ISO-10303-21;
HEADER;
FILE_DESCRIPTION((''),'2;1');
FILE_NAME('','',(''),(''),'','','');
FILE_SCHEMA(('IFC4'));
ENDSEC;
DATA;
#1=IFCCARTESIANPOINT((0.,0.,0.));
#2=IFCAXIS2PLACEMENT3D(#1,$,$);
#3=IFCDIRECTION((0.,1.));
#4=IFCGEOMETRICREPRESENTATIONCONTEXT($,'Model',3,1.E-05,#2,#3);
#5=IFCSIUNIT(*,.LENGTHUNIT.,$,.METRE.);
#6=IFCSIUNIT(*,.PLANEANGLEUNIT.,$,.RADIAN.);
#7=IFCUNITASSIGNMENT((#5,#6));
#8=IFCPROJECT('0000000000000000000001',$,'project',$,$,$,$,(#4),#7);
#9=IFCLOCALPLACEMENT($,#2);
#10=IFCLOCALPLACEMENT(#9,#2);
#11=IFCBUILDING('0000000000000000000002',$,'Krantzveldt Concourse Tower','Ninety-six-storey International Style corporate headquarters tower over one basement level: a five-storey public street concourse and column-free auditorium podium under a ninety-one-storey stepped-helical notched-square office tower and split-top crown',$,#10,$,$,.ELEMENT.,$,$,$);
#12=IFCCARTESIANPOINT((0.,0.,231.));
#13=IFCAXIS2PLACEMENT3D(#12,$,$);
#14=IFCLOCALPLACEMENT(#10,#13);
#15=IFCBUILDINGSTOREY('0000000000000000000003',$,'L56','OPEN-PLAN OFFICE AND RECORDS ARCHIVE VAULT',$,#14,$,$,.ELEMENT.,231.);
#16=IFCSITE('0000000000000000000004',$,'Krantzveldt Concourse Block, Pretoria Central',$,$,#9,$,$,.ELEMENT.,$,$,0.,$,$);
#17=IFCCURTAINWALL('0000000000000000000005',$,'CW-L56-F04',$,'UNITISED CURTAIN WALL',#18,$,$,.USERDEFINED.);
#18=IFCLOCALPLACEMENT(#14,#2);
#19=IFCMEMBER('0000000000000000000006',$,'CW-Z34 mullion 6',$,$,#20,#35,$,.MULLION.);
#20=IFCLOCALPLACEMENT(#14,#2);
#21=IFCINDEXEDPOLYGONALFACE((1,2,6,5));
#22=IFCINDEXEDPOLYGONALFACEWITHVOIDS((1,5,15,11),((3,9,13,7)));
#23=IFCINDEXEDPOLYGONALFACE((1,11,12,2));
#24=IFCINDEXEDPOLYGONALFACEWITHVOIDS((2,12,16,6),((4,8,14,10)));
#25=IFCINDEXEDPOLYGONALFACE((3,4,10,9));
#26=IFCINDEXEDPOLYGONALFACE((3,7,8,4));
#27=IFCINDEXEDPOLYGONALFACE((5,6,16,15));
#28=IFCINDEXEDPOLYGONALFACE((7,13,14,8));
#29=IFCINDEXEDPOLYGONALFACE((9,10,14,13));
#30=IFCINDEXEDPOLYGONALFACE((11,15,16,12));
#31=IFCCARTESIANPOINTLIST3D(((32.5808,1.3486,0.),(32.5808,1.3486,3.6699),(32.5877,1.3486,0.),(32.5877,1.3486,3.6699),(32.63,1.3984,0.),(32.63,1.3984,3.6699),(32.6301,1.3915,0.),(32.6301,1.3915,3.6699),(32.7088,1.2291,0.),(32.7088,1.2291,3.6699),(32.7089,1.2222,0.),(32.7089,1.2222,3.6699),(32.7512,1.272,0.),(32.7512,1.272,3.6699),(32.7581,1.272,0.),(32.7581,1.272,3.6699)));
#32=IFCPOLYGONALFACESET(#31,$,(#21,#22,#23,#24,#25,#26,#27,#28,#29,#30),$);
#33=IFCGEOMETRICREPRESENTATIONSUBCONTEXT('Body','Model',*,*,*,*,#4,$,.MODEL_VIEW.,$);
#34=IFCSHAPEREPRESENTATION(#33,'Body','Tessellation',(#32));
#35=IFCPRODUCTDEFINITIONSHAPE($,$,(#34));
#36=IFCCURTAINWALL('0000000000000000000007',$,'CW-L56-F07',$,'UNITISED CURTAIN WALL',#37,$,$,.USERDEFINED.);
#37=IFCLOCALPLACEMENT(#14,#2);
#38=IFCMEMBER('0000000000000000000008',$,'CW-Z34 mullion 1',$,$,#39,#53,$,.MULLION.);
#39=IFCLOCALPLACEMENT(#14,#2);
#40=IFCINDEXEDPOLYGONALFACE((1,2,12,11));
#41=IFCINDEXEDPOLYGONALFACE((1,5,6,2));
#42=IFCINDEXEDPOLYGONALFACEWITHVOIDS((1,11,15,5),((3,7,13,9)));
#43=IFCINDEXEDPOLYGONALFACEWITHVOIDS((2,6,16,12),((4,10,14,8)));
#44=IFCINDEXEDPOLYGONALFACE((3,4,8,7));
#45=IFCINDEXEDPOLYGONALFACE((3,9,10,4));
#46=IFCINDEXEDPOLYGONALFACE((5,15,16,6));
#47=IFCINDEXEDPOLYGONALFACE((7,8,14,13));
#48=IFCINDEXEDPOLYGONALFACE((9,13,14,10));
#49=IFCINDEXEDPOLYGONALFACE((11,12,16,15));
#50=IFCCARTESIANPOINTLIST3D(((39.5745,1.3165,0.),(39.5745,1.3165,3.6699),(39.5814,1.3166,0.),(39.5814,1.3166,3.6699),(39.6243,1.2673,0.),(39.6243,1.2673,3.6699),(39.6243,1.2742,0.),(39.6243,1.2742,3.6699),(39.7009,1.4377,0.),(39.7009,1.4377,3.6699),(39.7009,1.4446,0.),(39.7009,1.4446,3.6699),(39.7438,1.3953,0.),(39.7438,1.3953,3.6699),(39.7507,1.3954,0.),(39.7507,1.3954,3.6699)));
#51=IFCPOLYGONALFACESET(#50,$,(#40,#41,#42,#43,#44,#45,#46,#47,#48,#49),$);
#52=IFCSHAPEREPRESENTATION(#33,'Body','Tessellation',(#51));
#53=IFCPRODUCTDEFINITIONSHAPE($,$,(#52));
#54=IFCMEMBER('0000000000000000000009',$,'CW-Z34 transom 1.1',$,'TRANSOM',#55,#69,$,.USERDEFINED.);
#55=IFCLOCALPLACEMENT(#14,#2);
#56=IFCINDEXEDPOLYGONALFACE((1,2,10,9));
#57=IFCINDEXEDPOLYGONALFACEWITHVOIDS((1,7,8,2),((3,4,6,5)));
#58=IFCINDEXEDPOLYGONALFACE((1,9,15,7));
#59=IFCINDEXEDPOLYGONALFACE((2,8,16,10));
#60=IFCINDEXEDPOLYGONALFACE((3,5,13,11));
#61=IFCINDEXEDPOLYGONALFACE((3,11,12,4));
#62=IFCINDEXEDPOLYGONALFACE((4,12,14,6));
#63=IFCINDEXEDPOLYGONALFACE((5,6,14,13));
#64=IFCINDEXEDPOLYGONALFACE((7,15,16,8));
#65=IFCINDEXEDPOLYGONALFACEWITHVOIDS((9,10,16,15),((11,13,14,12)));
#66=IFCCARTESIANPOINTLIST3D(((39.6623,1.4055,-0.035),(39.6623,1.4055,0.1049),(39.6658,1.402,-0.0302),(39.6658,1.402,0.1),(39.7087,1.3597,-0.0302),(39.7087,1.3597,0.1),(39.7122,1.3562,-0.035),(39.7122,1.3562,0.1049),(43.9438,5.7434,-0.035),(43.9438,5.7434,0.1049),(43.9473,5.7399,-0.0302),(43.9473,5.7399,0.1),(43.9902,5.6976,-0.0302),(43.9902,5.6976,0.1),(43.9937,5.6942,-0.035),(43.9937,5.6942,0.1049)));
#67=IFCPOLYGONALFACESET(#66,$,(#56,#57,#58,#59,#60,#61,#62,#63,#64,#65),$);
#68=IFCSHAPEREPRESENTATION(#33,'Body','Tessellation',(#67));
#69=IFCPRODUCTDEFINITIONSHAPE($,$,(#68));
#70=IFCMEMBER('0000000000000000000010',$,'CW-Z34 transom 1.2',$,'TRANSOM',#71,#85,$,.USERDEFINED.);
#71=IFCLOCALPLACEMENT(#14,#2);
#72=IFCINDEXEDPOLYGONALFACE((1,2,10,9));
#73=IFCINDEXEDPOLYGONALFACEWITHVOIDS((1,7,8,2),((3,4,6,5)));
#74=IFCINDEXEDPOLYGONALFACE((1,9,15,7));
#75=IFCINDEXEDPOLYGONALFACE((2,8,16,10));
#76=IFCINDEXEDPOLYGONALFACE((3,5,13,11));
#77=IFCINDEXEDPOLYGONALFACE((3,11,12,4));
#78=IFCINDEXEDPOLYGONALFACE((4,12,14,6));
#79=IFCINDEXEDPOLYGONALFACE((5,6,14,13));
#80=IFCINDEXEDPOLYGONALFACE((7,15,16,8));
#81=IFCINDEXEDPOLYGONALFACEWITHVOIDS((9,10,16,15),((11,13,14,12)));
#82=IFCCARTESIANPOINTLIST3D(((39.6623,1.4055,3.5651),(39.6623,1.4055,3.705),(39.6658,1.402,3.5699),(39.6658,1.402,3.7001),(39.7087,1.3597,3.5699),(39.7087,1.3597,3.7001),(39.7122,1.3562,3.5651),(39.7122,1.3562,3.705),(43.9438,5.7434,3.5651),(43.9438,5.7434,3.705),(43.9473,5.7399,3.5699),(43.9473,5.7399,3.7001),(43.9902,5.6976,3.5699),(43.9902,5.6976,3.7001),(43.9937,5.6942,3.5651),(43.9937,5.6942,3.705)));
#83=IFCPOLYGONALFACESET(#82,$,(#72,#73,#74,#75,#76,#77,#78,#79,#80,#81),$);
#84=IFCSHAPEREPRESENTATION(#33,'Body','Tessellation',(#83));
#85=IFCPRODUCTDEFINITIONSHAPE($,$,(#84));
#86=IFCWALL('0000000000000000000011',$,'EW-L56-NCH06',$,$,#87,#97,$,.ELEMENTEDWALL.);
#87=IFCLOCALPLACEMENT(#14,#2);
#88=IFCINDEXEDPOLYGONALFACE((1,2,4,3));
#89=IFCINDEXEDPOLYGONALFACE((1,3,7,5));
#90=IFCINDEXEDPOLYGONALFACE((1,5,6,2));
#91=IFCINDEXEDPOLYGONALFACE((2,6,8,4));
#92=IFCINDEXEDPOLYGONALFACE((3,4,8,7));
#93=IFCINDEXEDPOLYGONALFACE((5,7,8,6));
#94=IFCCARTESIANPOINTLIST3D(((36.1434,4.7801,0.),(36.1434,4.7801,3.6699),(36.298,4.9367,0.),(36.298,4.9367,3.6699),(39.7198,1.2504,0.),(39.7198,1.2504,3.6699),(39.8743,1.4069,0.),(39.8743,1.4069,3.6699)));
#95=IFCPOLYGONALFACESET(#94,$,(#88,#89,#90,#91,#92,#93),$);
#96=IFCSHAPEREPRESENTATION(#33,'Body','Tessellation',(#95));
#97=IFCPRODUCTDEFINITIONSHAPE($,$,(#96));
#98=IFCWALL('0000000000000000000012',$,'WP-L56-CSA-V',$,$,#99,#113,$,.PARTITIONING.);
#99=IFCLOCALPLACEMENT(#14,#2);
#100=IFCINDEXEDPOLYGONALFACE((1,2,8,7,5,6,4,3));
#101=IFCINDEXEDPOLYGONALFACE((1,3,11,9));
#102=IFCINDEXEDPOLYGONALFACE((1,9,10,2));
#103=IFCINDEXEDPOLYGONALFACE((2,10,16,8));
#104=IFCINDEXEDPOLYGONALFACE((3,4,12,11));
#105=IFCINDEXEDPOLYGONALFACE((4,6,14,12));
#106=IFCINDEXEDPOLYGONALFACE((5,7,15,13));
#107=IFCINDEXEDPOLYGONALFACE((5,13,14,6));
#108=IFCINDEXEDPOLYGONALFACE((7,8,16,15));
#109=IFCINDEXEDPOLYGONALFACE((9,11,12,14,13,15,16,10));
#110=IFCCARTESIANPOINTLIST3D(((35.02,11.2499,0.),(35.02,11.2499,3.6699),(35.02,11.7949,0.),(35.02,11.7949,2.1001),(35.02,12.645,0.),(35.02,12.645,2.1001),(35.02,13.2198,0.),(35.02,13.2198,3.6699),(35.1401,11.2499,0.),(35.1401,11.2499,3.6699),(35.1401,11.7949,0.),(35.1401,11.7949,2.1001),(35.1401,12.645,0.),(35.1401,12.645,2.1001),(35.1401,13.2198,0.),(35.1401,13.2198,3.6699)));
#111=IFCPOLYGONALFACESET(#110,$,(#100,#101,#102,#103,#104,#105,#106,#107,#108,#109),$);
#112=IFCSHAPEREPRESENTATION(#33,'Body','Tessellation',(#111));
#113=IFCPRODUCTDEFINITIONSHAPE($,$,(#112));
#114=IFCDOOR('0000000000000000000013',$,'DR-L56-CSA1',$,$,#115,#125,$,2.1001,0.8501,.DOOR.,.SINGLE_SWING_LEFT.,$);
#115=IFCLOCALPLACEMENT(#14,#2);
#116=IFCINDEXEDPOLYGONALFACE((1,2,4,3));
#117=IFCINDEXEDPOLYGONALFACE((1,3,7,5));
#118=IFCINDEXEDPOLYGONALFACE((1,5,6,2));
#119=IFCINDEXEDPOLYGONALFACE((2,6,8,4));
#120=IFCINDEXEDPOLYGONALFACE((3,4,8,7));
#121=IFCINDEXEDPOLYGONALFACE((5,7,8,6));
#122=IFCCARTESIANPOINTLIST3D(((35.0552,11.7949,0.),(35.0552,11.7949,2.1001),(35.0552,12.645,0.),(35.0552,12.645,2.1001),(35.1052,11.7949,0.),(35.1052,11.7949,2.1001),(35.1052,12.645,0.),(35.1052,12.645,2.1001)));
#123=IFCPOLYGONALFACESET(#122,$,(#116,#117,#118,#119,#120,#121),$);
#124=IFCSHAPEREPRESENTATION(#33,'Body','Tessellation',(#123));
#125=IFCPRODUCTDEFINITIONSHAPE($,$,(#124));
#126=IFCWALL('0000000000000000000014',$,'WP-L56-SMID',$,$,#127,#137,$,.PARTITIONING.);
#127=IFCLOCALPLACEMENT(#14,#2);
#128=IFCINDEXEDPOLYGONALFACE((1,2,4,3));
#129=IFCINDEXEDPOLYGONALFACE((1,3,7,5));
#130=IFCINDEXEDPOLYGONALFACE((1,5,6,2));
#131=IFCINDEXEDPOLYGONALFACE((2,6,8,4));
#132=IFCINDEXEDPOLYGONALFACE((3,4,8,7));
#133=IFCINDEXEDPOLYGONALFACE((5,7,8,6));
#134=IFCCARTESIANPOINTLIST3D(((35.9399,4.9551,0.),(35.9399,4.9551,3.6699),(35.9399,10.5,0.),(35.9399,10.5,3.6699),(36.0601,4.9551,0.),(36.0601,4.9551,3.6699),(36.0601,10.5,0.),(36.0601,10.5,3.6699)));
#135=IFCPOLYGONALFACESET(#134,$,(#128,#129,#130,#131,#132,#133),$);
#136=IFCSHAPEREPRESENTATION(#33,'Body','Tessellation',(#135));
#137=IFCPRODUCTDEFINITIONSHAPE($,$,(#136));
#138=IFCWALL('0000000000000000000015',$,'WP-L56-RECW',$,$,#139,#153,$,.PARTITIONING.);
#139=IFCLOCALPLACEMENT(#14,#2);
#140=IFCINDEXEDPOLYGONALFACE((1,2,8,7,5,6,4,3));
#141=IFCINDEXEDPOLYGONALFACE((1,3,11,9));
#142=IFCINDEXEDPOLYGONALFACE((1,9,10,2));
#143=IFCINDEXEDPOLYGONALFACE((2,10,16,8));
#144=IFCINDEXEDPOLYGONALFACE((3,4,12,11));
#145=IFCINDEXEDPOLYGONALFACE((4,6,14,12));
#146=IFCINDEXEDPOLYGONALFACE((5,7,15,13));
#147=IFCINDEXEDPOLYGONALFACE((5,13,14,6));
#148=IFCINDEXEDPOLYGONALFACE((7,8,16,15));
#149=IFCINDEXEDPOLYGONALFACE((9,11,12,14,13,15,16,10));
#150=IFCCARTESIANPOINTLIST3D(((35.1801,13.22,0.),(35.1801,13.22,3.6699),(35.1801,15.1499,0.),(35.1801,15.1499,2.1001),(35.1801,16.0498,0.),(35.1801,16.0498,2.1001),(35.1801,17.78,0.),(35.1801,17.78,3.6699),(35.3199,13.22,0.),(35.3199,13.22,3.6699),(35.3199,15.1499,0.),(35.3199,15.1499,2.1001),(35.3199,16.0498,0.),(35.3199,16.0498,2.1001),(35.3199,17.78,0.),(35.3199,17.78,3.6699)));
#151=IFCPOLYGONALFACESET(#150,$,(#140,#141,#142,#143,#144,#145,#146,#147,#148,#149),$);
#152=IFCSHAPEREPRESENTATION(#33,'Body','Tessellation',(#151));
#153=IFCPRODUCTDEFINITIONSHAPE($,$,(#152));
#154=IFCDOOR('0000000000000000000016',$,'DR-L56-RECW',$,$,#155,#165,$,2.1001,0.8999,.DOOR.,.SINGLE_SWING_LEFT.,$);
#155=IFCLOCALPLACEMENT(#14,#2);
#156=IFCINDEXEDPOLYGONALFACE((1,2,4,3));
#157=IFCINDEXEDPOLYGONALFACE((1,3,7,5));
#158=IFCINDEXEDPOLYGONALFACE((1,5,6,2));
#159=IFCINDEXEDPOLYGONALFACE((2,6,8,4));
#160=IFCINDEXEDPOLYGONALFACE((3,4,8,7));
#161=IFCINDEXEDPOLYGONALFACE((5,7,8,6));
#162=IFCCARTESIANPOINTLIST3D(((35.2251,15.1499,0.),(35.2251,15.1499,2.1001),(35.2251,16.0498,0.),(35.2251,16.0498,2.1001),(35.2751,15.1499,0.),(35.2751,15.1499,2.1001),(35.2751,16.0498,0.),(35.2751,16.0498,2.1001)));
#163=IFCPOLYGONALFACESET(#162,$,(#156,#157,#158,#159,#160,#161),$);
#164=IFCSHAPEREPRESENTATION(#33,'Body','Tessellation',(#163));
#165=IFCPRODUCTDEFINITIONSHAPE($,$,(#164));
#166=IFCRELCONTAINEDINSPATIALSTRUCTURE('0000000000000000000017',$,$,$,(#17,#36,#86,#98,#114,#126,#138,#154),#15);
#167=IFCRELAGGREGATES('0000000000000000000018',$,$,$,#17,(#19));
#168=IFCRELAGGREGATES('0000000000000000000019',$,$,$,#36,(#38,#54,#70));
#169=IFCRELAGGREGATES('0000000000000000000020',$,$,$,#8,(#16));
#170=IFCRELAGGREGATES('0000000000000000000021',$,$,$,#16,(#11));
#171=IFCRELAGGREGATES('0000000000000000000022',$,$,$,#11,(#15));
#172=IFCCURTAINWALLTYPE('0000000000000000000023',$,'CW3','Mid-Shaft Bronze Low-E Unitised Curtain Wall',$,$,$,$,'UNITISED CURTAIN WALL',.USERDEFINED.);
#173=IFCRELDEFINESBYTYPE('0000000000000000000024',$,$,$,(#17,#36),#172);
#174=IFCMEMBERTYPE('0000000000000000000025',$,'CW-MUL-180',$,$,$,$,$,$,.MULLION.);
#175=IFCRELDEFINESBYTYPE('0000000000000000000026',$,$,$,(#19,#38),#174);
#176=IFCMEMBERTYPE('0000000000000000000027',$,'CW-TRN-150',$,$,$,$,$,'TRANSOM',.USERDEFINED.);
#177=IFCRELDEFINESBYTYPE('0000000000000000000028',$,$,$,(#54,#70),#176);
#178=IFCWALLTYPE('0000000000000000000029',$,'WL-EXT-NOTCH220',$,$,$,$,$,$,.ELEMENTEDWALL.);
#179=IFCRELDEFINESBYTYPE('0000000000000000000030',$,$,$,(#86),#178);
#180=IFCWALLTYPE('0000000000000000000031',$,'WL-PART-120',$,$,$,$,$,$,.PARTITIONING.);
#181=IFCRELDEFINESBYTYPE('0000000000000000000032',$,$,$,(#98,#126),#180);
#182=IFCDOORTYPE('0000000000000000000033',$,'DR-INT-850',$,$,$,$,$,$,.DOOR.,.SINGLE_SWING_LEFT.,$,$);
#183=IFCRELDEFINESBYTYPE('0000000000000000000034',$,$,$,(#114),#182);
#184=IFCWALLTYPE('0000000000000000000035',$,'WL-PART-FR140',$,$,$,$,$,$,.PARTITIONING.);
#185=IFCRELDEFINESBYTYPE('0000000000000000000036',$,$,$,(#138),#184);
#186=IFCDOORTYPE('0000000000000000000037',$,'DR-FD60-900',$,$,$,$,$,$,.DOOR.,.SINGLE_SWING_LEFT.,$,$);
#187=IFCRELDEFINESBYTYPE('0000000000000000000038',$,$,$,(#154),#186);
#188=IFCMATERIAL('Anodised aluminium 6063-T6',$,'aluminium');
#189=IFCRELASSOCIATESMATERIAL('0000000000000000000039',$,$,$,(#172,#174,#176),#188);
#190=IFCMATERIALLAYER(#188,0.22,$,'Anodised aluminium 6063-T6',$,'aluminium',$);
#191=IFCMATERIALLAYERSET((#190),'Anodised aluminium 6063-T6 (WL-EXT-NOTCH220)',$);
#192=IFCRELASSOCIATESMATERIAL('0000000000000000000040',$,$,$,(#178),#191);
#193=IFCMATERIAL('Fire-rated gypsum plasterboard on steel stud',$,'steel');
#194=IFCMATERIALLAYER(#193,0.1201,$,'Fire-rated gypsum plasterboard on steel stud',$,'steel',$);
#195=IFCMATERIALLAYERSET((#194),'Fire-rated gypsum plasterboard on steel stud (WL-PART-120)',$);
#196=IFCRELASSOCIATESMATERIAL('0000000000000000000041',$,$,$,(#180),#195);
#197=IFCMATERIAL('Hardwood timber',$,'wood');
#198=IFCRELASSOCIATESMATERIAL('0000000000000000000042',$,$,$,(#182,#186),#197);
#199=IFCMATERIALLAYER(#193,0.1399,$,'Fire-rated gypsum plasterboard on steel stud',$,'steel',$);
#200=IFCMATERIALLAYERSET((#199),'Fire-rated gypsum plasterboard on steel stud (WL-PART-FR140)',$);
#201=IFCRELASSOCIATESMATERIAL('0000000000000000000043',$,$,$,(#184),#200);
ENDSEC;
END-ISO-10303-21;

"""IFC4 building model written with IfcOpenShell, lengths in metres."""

from ifc_helpers import new_model, si_unit, direction, frame, frame_2d, origin, origin_2d, place, context, subcontext, project, spatial, rectangle, hollow_rectangle, extrude, source, transform, mapped, material, layer, layer_set, material_profile, profile_set, type_object, type_shapes, element, fill, aggregate, save


model = new_model("IFC4")

# Units and contexts
model_context = context("Model", 3, precision=1e-05, world=origin(), true_north=direction((0.0, 1.0)))
body_context = subcontext(model_context, "Body", "Model", "MODEL_VIEW")
ifc_project = project(units=[si_unit("LENGTHUNIT", "METRE"), si_unit("PLANEANGLEUNIT", "RADIAN")], contexts=[model_context])

# Site, building, storey
site_placement = place(None, origin())
site = spatial("IfcSite", under=ifc_project, at=site_placement, Name="Krantzveldt Concourse Block, Pretoria Central", CompositionType="ELEMENT", RefElevation=0.0)
building_placement = place(site_placement, origin())
building = spatial("IfcBuilding", under=site, at=building_placement, Name="Krantzveldt Concourse Tower", Description="Ninety-six-storey International Style corporate headquarters tower over one basement level: a five-storey public street concourse and column-free auditorium podium under a ninety-one-storey stepped-helical notched-square office tower and split-top crown", CompositionType="ELEMENT")
storey_placement = place(building_placement, frame((0.0, 0.0, 231.0)))
storey = spatial("IfcBuildingStorey", under=building, at=storey_placement, Name="L56", Description="OPEN-PLAN OFFICE AND RECORDS ARCHIVE VAULT", CompositionType="ELEMENT", Elevation=231.0)

# Curtain wall, member
ifc_material_1 = material(Name="Anodised aluminium 6063-T6", Category="aluminium")
curtain_wall_type = type_object("IfcCurtainWallType", Name="CW3", Description="Mid-Shaft Bronze Low-E Unitised Curtain Wall", ElementType="UNITISED CURTAIN WALL", PredefinedType="USERDEFINED", material=ifc_material_1)
curtain_wall_1_placement = place(storey_placement, origin())
curtain_wall_1 = element("IfcCurtainWall", 1, at=curtain_wall_1_placement, inside=storey, type_object=curtain_wall_type, Name="CW-L56-F04", ObjectType="UNITISED CURTAIN WALL", PredefinedType="USERDEFINED")
ifc_material_profile_1 = material_profile(ifc_material_1, hollow_rectangle(XDim=0.0701, YDim=0.1799, WallThickness=0.0049, at=origin_2d()), Name="Anodised aluminium 6063-T6", Category="aluminium")
ifc_profile_set_1 = profile_set([ifc_material_profile_1], Name="Anodised aluminium 6063-T6 - ALU-MULL 180x70x5")
member_type_1 = type_object("IfcMemberType", Name="CW-MUL-180", PredefinedType="MULLION", material=ifc_profile_set_1)
shared_shape_1 = source(origin(), body_context, "Body", "SweptSolid", [
    extrude(hollow_rectangle(XDim=0.0701, YDim=0.1799, WallThickness=0.0049, at=origin_2d()), origin(), (0.0, 0.0, 1.0), 3.6699),
])
type_shapes(member_type_1, [shared_shape_1])
member_1_placement = place(storey_placement, frame((32.6694, 1.3103, 0.0), z_axis=(0.0, 0.0, 1.0), x_axis=(0.702464, 0.71172, 0.0)))
member_1 = element("IfcMember", 2, at=member_1_placement, type_object=member_type_1, Name="CW-Z34 mullion 6", PredefinedType="MULLION", context=body_context, shape_type="MappedRepresentation", body=[
    mapped(shared_shape_1, transform((0.0, 0.0, 0.0), x_axis=(1.0, 0.0, 0.0), y_axis=(0.0, 1.0, 0.0), z_axis=(0.0, 0.0, 1.0), scale=1.0)),
])
aggregate(curtain_wall_1, [member_1])

# Curtain wall, members
curtain_wall_2_placement = place(storey_placement, origin())
curtain_wall_2 = element("IfcCurtainWall", 3, at=curtain_wall_2_placement, inside=storey, type_object=curtain_wall_type, Name="CW-L56-F07", ObjectType="UNITISED CURTAIN WALL", PredefinedType="USERDEFINED")
member_2_placement = place(storey_placement, frame((39.6626, 1.356, 0.0), z_axis=(0.0, 0.0, 1.0), x_axis=(-0.71172, 0.702464, 0.0)))
member_2 = element("IfcMember", 4, at=member_2_placement, type_object=member_type_1, Name="CW-Z34 mullion 1", PredefinedType="MULLION", context=body_context, shape_type="MappedRepresentation", body=[
    mapped(shared_shape_1, transform((0.0, 0.0, 0.0), x_axis=(1.0, 0.0, 0.0), y_axis=(0.0, 1.0, 0.0), z_axis=(0.0, 0.0, 1.0), scale=1.0)),
])
ifc_material_profile_2 = material_profile(ifc_material_1, hollow_rectangle(XDim=0.0701, YDim=0.1399, WallThickness=0.0049, at=origin_2d()), Name="Anodised aluminium 6063-T6", Category="aluminium")
ifc_profile_set_2 = profile_set([ifc_material_profile_2], Name="Anodised aluminium 6063-T6 - ALU-TRAN 140x70x5")
member_type_2 = type_object("IfcMemberType", Name="CW-TRN-150", ElementType="TRANSOM", PredefinedType="USERDEFINED", material=ifc_profile_set_2)
shared_shape_2 = source(origin(), body_context, "Body", "SweptSolid", [
    extrude(hollow_rectangle(XDim=0.0701, YDim=0.1399, WallThickness=0.0049, at=origin_2d()), origin(), (0.0, 0.0, 1.0), 6.095),
])
type_shapes(member_type_2, [shared_shape_2])
member_3_placement = place(storey_placement, frame((39.6873, 1.3809, 0.0349), z_axis=(0.702465, 0.711718, 0.0), x_axis=(-0.711718, 0.702465, 0.0)))
member_3 = element("IfcMember", 5, at=member_3_placement, type_object=member_type_2, Name="CW-Z34 transom 1.1", ObjectType="TRANSOM", PredefinedType="USERDEFINED", context=body_context, shape_type="MappedRepresentation", body=[
    mapped(shared_shape_2, transform((0.0, 0.0, 0.0), x_axis=(1.0, 0.0, 0.0), y_axis=(0.0, 1.0, 0.0), z_axis=(0.0, 0.0, 1.0), scale=1.0)),
])
member_4_placement = place(storey_placement, frame((39.6873, 1.3809, 3.635), z_axis=(0.702465, 0.711718, 0.0), x_axis=(-0.711718, 0.702465, 0.0)))
member_4 = element("IfcMember", 6, at=member_4_placement, type_object=member_type_2, Name="CW-Z34 transom 1.2", ObjectType="TRANSOM", PredefinedType="USERDEFINED", context=body_context, shape_type="MappedRepresentation", body=[
    mapped(shared_shape_2, transform((0.0, 0.0, 0.0), x_axis=(1.0, 0.0, 0.0), y_axis=(0.0, 1.0, 0.0), z_axis=(0.0, 0.0, 1.0), scale=1.0)),
])
aggregate(curtain_wall_2, [member_2, member_3, member_4])

# Wall
ifc_layer_1 = layer(ifc_material_1, 0.22, Name="Anodised aluminium 6063-T6", Category="aluminium")
ifc_layer_set_1 = layer_set([ifc_layer_1], Name="Anodised aluminium 6063-T6 (WL-EXT-NOTCH220)")
wall_type_1 = type_object("IfcWallType", Name="WL-EXT-NOTCH220", PredefinedType="ELEMENTEDWALL", material=ifc_layer_set_1)
wall_1_placement = place(storey_placement, frame((36.2207, 4.8584, 0.0), z_axis=(0.0, 0.0, 1.0), x_axis=(0.711731, -0.702452, 0.0)))
element("IfcWall", 7, at=wall_1_placement, inside=storey, type_object=wall_type_1, Name="EW-L56-NCH06", PredefinedType="ELEMENTEDWALL", context=body_context, shape_type="SweptSolid", body=[
    extrude(rectangle(XDim=5.0249, YDim=0.22, at=frame_2d((2.5125, 0.0))), origin(), (0.0, 0.0, 1.0), 3.6699),
])

# Wall, opening, door
ifc_material_2 = material(Name="Fire-rated gypsum plasterboard on steel stud", Category="steel")
ifc_layer_2 = layer(ifc_material_2, 0.1201, Name="Fire-rated gypsum plasterboard on steel stud", Category="steel")
ifc_layer_set_2 = layer_set([ifc_layer_2], Name="Fire-rated gypsum plasterboard on steel stud (WL-PART-120)")
wall_type_2 = type_object("IfcWallType", Name="WL-PART-120", PredefinedType="PARTITIONING", material=ifc_layer_set_2)
wall_2_placement = place(storey_placement, frame((35.0801, 11.25, 0.0), z_axis=(0.0, 0.0, 1.0), x_axis=(0.0, 1.0, 0.0)))
wall_2 = element("IfcWall", 8, at=wall_2_placement, inside=storey, type_object=wall_type_2, Name="WP-L56-CSA-V", PredefinedType="PARTITIONING", context=body_context, shape_type="SweptSolid", body=[
    extrude(rectangle(XDim=1.97, YDim=0.1201, at=frame_2d((0.9849, 0.0))), origin(), (0.0, 0.0, 1.0), 3.6699),
])
opening_1_placement = place(wall_2_placement, frame((0.5449, 0.0, 0.0)))
opening_1 = element("IfcOpeningElement", 9, at=opening_1_placement, cuts=wall_2, PredefinedType="OPENING", context=body_context, shape_type="SweptSolid", body=[
    extrude(rectangle(XDim=0.8501, YDim=2.1001, at=frame_2d((0.425, 1.05))), frame((0.0, 0.0701, 0.0), z_axis=(0.0, -1.0, 0.0), x_axis=(1.0, 0.0, 0.0)), (0.0, 0.0, 1.0), 0.1401),
])
ifc_material_3 = material(Name="Hardwood timber", Category="wood")
door_type_1 = type_object("IfcDoorType", Name="DR-INT-850", OperationType="SINGLE_SWING_LEFT", PredefinedType="DOOR", material=ifc_material_3)
door_1_placement = place(opening_1_placement, origin())
door_1 = element("IfcDoor", 10, at=door_1_placement, inside=storey, type_object=door_type_1, Name="DR-L56-CSA1", OperationType="SINGLE_SWING_LEFT", OverallHeight=2.1001, OverallWidth=0.8501, PredefinedType="DOOR", context=body_context, shape_type="SweptSolid", body=[
    extrude(rectangle(XDim=0.8501, YDim=2.1001, at=frame_2d((0.425, 1.05))), frame((0.0, 0.0249, 0.0), z_axis=(0.0, -1.0, 0.0), x_axis=(1.0, 0.0, 0.0)), (0.0, 0.0, 1.0), 0.05),
])
fill(opening_1, door_1)

# Wall
wall_3_placement = place(storey_placement, frame((36.0, 4.9551, 0.0), z_axis=(0.0, 0.0, 1.0), x_axis=(0.0, 1.0, 0.0)))
element("IfcWall", 11, at=wall_3_placement, inside=storey, type_object=wall_type_2, Name="WP-L56-SMID", PredefinedType="PARTITIONING", context=body_context, shape_type="SweptSolid", body=[
    extrude(rectangle(XDim=5.5449, YDim=0.1201, at=frame_2d((2.7725, 0.0))), origin(), (0.0, 0.0, 1.0), 3.6699),
])

# Wall, opening, door
ifc_layer_3 = layer(ifc_material_2, 0.1399, Name="Fire-rated gypsum plasterboard on steel stud", Category="steel")
ifc_layer_set_3 = layer_set([ifc_layer_3], Name="Fire-rated gypsum plasterboard on steel stud (WL-PART-FR140)")
wall_type_3 = type_object("IfcWallType", Name="WL-PART-FR140", PredefinedType="PARTITIONING", material=ifc_layer_set_3)
wall_4_placement = place(storey_placement, frame((35.25, 13.22, 0.0), z_axis=(0.0, 0.0, 1.0), x_axis=(0.0, 1.0, 0.0)))
wall_4 = element("IfcWall", 12, at=wall_4_placement, inside=storey, type_object=wall_type_3, Name="WP-L56-RECW", PredefinedType="PARTITIONING", context=body_context, shape_type="SweptSolid", body=[
    extrude(rectangle(XDim=4.5601, YDim=0.1399, at=frame_2d((2.28, 0.0))), origin(), (0.0, 0.0, 1.0), 3.6699),
])
opening_2_placement = place(wall_4_placement, frame((1.9299, 0.0, 0.0)))
opening_2 = element("IfcOpeningElement", 13, at=opening_2_placement, cuts=wall_4, PredefinedType="OPENING", context=body_context, shape_type="SweptSolid", body=[
    extrude(rectangle(XDim=0.8999, YDim=2.1001, at=frame_2d((0.45, 1.05))), frame((0.0, 0.0801, 0.0), z_axis=(0.0, -1.0, 0.0), x_axis=(1.0, 0.0, 0.0)), (0.0, 0.0, 1.0), 0.1599),
])
door_type_2 = type_object("IfcDoorType", Name="DR-FD60-900", OperationType="SINGLE_SWING_LEFT", PredefinedType="DOOR", material=ifc_material_3)
door_2_placement = place(opening_2_placement, origin())
door_2 = element("IfcDoor", 14, at=door_2_placement, inside=storey, type_object=door_type_2, Name="DR-L56-RECW", OperationType="SINGLE_SWING_LEFT", OverallHeight=2.1001, OverallWidth=0.8999, PredefinedType="DOOR", context=body_context, shape_type="SweptSolid", body=[
    extrude(rectangle(XDim=0.8999, YDim=2.1001, at=frame_2d((0.45, 1.05))), frame((0.0, 0.0249, 0.0), z_axis=(0.0, -1.0, 0.0), x_axis=(1.0, 0.0, 0.0)), (0.0, 0.0, 1.0), 0.05),
])
fill(opening_2, door_2)

save(model, "model.ifc")
